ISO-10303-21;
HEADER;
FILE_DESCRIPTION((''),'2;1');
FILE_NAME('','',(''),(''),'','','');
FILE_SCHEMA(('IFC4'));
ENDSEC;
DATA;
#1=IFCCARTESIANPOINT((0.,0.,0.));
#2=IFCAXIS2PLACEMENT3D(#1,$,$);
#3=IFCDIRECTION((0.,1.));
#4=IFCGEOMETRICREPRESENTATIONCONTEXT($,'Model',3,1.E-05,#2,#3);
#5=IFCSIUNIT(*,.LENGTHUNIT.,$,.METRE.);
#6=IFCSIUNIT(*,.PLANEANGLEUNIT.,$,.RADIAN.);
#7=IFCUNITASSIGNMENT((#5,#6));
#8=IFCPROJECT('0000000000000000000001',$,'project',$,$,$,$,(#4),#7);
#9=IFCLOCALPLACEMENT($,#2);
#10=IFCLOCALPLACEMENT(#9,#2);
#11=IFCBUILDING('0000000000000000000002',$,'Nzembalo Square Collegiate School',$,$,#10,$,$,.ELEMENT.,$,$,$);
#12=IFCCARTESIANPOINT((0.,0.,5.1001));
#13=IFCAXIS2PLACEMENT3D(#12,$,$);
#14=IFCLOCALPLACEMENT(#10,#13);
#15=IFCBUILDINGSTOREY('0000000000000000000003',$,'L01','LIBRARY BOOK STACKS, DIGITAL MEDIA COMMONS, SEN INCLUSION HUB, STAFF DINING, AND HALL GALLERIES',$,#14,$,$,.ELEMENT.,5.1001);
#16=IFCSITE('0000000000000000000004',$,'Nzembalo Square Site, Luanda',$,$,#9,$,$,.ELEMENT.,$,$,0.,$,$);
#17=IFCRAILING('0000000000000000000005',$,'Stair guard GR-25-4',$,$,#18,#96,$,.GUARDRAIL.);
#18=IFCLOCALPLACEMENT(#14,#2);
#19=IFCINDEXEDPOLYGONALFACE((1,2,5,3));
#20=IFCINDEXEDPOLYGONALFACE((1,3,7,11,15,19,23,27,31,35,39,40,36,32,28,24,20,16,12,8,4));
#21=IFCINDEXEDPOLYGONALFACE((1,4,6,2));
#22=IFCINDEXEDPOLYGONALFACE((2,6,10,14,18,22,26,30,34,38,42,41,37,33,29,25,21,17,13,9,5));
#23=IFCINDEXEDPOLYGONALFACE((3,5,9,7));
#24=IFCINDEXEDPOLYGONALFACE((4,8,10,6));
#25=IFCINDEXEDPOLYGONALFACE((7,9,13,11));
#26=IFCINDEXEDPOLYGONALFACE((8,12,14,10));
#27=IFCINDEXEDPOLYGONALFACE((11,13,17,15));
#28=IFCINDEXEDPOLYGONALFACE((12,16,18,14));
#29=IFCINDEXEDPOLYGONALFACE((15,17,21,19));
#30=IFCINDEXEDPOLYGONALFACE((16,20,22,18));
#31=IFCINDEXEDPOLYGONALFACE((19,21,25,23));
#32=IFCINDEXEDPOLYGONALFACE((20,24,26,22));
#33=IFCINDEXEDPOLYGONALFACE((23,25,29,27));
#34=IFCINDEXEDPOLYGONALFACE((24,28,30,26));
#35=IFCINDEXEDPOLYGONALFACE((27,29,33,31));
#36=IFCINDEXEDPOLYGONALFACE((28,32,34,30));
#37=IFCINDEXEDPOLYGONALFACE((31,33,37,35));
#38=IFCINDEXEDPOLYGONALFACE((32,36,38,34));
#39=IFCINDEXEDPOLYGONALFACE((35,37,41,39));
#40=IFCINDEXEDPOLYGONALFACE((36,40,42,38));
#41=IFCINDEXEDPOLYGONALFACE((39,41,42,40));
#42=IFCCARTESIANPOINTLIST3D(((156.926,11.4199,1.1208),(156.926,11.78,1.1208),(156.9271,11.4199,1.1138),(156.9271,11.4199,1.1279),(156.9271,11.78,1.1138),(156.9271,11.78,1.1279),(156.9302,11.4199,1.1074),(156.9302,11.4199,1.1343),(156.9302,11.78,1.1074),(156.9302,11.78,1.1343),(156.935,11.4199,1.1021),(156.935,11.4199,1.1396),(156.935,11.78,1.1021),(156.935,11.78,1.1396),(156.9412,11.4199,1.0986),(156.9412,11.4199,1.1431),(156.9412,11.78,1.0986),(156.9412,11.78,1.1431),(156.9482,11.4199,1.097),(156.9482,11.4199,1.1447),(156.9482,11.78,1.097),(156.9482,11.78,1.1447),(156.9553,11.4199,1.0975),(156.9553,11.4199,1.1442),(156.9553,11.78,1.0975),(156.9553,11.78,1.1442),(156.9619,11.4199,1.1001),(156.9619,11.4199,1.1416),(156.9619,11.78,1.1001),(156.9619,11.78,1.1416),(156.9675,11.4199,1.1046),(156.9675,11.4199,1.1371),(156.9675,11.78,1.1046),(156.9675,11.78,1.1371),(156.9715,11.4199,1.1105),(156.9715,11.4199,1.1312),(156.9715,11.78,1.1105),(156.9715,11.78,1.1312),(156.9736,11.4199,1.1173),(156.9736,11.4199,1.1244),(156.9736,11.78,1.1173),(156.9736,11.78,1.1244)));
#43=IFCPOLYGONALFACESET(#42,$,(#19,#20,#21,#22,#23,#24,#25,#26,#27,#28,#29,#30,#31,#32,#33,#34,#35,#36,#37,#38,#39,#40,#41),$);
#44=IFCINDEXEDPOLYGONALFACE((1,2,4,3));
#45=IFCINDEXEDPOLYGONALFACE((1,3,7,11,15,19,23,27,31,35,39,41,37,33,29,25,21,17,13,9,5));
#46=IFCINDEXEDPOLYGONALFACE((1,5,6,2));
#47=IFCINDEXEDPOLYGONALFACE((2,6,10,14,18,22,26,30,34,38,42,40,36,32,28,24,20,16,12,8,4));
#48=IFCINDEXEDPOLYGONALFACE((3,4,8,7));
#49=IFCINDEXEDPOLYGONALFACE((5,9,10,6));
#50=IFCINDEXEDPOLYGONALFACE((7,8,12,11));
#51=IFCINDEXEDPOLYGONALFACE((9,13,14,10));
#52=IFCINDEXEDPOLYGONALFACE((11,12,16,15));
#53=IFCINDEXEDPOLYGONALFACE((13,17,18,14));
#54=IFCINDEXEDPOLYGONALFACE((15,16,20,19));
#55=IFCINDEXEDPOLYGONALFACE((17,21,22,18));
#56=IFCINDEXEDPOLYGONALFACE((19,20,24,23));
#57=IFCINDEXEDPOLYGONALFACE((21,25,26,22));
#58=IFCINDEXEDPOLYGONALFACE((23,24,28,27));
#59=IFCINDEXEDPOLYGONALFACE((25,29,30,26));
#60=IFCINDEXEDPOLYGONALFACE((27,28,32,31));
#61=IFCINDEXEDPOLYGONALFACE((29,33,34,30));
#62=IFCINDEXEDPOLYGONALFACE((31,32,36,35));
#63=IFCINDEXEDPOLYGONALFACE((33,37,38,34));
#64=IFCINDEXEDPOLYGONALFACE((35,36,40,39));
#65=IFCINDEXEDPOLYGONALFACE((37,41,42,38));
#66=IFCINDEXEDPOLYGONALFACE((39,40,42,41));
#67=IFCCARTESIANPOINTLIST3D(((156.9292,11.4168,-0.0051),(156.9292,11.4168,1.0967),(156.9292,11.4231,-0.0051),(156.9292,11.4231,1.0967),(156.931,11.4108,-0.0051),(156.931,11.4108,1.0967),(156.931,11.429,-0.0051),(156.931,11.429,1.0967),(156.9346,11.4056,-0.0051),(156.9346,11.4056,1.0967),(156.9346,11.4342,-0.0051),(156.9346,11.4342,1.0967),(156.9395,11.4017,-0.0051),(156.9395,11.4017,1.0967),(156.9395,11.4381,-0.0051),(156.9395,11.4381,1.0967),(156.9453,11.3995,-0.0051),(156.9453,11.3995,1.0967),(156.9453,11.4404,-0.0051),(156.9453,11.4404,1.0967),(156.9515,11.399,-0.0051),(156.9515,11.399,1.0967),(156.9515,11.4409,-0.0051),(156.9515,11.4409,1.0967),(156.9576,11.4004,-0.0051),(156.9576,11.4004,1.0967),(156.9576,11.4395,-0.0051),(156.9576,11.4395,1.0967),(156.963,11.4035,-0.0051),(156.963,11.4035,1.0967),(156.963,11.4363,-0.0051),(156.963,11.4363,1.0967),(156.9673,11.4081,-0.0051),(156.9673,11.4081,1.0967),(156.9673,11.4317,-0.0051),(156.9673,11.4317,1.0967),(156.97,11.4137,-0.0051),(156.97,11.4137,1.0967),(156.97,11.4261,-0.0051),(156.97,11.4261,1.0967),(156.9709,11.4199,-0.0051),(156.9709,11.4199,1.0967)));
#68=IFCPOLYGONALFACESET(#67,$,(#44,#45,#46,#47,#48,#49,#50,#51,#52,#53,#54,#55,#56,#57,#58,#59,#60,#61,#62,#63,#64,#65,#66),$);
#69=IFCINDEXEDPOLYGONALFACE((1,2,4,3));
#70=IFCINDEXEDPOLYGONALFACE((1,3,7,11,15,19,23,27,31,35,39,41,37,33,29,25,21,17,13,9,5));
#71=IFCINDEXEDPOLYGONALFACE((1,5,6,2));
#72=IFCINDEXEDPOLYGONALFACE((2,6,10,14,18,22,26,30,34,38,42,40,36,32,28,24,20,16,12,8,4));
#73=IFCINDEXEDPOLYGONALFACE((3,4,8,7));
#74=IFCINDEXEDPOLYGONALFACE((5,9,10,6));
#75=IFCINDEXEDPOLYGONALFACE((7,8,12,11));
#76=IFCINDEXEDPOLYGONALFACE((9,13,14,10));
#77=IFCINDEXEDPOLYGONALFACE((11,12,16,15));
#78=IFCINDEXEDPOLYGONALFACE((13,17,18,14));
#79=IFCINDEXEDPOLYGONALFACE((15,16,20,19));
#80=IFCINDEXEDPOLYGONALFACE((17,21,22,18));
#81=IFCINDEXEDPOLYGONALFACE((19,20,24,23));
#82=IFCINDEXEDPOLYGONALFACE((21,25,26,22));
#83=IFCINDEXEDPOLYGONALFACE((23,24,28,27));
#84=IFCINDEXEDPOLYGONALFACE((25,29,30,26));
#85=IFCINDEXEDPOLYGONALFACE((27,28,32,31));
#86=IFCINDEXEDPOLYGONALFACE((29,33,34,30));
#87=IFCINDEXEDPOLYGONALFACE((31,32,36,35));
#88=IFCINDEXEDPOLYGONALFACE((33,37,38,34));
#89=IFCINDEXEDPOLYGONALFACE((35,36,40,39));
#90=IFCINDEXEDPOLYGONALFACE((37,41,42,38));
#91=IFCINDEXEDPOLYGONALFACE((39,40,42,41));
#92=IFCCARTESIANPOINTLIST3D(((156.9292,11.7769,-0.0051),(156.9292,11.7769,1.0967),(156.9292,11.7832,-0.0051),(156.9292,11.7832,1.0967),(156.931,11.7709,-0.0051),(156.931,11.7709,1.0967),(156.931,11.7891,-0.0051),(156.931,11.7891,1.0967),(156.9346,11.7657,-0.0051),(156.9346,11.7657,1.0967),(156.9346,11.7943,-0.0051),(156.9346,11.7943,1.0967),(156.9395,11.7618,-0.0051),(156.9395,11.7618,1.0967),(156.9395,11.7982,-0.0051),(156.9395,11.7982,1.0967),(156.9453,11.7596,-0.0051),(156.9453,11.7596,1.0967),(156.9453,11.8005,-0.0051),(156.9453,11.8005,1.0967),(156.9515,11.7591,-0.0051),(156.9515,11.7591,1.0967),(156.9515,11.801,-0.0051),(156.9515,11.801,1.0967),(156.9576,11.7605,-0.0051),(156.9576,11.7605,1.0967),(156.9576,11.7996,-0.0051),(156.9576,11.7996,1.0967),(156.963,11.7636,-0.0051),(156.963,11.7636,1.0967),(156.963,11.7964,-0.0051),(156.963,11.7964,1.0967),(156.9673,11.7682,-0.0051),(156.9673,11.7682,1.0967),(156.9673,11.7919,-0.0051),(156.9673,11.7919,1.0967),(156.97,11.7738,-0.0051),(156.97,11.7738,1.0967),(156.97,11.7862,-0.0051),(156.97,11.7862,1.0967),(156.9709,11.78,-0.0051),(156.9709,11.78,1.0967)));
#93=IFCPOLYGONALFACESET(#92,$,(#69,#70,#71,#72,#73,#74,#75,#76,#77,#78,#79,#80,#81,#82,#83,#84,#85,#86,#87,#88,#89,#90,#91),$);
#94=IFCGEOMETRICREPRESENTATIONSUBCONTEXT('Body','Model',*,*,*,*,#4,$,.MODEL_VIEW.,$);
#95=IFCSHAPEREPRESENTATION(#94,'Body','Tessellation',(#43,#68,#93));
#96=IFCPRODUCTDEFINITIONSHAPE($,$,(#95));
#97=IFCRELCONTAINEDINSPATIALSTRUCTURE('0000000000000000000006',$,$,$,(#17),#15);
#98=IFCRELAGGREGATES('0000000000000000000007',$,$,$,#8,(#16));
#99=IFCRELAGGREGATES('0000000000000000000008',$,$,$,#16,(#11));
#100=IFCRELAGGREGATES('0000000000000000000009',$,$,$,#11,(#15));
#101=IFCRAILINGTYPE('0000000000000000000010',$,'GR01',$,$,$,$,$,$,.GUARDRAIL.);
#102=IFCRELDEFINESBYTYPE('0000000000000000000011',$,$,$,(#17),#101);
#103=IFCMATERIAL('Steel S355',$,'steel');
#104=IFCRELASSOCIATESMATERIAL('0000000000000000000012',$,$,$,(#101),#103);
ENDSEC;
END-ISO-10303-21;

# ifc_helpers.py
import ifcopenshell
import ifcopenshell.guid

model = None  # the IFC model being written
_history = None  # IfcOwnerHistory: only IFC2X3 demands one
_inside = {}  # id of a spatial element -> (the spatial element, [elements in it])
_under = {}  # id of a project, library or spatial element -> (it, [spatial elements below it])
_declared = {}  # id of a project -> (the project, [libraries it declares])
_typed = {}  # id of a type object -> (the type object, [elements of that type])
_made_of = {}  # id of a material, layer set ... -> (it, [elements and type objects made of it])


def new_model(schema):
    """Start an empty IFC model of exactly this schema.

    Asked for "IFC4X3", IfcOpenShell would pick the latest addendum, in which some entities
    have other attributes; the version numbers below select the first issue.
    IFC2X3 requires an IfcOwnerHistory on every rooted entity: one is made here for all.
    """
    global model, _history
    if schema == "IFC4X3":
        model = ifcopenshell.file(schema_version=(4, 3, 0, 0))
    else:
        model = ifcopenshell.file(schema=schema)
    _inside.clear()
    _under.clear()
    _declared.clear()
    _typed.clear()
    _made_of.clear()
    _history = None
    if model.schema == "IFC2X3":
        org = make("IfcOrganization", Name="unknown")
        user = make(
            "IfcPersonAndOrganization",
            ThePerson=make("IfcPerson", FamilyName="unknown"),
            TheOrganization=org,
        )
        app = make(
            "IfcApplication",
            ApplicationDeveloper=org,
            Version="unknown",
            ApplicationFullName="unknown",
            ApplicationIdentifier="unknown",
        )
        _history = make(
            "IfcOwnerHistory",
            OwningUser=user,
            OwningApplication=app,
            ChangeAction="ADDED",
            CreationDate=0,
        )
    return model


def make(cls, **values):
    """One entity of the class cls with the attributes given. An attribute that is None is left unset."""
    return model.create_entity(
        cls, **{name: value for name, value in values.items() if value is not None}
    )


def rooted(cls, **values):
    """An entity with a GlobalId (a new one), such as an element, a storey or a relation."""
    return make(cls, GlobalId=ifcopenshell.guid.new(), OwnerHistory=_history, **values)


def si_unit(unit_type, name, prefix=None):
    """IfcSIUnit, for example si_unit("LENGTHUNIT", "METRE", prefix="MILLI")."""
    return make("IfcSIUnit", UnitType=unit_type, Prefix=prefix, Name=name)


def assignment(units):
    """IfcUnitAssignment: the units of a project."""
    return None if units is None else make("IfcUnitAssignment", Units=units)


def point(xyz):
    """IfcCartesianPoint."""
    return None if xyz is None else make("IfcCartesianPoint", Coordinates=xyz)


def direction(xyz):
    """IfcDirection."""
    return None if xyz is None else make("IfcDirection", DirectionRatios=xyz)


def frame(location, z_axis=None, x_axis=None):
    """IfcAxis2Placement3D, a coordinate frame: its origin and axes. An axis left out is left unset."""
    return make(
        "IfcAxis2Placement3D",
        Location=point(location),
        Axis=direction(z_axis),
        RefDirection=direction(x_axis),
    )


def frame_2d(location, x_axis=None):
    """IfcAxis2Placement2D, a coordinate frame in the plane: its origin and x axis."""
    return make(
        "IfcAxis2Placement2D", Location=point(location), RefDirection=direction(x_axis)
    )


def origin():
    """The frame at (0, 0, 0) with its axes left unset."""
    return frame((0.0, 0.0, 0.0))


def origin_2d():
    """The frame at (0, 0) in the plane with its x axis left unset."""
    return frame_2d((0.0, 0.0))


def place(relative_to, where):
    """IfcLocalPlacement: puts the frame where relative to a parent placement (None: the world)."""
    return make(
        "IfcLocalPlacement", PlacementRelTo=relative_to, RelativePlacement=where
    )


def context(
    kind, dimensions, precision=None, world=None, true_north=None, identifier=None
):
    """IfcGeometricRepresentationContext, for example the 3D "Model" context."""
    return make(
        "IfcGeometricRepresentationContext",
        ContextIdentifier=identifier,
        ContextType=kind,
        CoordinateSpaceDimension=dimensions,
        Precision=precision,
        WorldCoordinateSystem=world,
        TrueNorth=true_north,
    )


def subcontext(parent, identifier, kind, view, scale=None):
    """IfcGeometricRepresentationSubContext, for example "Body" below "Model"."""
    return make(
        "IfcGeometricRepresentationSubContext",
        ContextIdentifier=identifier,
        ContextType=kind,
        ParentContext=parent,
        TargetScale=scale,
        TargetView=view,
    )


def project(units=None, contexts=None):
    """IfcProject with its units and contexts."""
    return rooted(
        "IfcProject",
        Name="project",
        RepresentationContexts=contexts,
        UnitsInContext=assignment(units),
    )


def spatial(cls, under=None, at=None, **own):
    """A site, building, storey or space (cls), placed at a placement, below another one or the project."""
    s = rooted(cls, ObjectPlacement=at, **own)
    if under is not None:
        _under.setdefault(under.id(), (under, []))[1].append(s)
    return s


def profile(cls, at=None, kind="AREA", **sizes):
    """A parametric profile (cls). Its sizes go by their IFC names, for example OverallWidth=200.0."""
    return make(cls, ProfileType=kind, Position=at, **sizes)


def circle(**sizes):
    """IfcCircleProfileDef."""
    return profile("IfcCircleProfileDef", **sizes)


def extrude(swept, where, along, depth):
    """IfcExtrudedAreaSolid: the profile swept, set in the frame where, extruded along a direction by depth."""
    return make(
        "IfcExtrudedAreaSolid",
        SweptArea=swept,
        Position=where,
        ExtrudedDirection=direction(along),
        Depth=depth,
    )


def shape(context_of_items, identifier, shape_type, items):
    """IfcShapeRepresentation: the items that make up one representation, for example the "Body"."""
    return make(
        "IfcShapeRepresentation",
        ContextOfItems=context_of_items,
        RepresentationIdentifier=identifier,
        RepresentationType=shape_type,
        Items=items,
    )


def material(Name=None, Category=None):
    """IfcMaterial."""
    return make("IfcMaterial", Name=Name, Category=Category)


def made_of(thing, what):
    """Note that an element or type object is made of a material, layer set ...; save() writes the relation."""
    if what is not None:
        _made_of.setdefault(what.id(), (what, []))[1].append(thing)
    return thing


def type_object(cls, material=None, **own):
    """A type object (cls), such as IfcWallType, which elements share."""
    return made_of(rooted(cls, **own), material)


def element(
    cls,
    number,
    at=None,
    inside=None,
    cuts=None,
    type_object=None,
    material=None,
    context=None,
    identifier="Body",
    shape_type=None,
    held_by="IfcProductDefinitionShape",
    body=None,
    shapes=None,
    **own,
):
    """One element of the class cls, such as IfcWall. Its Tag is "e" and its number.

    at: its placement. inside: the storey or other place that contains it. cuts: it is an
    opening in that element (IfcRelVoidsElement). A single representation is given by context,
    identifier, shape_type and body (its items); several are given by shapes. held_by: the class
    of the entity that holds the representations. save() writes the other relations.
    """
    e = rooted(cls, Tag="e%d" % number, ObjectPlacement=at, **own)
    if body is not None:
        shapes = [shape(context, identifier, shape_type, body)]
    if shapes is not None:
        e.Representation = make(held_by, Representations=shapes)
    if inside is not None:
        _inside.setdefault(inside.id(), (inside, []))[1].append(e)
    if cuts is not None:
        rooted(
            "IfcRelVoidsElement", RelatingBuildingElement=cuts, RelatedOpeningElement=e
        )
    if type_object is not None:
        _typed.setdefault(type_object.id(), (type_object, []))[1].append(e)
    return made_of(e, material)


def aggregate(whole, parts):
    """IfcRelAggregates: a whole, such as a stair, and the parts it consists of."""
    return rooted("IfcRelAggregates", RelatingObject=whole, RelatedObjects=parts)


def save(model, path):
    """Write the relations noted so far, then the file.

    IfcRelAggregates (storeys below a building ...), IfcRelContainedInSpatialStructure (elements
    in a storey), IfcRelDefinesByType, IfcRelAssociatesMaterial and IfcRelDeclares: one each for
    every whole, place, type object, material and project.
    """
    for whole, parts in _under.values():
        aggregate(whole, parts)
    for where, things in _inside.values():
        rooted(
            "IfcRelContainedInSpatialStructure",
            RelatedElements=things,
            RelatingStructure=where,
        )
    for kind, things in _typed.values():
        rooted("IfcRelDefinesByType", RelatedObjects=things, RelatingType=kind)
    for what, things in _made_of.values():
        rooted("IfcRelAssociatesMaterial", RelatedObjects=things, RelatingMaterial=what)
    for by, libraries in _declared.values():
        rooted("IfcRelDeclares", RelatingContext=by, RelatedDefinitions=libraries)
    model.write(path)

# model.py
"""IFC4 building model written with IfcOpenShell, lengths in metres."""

from ifc_helpers import new_model, si_unit, direction, frame, origin, origin_2d, place, context, subcontext, project, spatial, circle, extrude, material, type_object, element, save


model = new_model("IFC4")

# Units and contexts
model_context = context("Model", 3, precision=1e-05, world=origin(), true_north=direction((0.0, 1.0)))
body_context = subcontext(model_context, "Body", "Model", "MODEL_VIEW")
ifc_project = project(units=[si_unit("LENGTHUNIT", "METRE"), si_unit("PLANEANGLEUNIT", "RADIAN")], contexts=[model_context])

# Site, building, storey
site_placement = place(None, origin())
site = spatial("IfcSite", under=ifc_project, at=site_placement, Name="Nzembalo Square Site, Luanda", CompositionType="ELEMENT", RefElevation=0.0)
building_placement = place(site_placement, origin())
building = spatial("IfcBuilding", under=site, at=building_placement, Name="Nzembalo Square Collegiate School", CompositionType="ELEMENT")
storey_placement = place(building_placement, frame((0.0, 0.0, 5.1001)))
storey = spatial("IfcBuildingStorey", under=building, at=storey_placement, Name="L01", Description="LIBRARY BOOK STACKS, DIGITAL MEDIA COMMONS, SEN INCLUSION HUB, STAFF DINING, AND HALL GALLERIES", CompositionType="ELEMENT", Elevation=5.1001)

# Railing
ifc_material_1 = material(Name="Steel S355", Category="steel")
railing_type_1 = type_object("IfcRailingType", Name="GR01", PredefinedType="GUARDRAIL", material=ifc_material_1)
railing_1_placement = place(storey_placement, frame((156.95, 11.4199, -0.0051)))
element("IfcRailing", 1, at=railing_1_placement, inside=storey, type_object=railing_type_1, Name="Stair guard GR-25-4", PredefinedType="GUARDRAIL", context=body_context, shape_type="SweptSolid", body=[
    extrude(circle(Radius=0.0239, at=origin_2d()), frame((0.0, 0.0, 1.126), z_axis=(0.0, 1.0, 0.0), x_axis=(-1.0, 0.0, 0.0)), (0.0, 0.0, 1.0), 0.3601),
    extrude(circle(Radius=0.021, at=origin_2d()), origin(), (0.0, 0.0, 1.0), 1.1018),
    extrude(circle(Radius=0.021, at=origin_2d()), frame((0.0, 0.3601, 0.0)), (0.0, 0.0, 1.0), 1.1018),
])

save(model, "model.ifc")
